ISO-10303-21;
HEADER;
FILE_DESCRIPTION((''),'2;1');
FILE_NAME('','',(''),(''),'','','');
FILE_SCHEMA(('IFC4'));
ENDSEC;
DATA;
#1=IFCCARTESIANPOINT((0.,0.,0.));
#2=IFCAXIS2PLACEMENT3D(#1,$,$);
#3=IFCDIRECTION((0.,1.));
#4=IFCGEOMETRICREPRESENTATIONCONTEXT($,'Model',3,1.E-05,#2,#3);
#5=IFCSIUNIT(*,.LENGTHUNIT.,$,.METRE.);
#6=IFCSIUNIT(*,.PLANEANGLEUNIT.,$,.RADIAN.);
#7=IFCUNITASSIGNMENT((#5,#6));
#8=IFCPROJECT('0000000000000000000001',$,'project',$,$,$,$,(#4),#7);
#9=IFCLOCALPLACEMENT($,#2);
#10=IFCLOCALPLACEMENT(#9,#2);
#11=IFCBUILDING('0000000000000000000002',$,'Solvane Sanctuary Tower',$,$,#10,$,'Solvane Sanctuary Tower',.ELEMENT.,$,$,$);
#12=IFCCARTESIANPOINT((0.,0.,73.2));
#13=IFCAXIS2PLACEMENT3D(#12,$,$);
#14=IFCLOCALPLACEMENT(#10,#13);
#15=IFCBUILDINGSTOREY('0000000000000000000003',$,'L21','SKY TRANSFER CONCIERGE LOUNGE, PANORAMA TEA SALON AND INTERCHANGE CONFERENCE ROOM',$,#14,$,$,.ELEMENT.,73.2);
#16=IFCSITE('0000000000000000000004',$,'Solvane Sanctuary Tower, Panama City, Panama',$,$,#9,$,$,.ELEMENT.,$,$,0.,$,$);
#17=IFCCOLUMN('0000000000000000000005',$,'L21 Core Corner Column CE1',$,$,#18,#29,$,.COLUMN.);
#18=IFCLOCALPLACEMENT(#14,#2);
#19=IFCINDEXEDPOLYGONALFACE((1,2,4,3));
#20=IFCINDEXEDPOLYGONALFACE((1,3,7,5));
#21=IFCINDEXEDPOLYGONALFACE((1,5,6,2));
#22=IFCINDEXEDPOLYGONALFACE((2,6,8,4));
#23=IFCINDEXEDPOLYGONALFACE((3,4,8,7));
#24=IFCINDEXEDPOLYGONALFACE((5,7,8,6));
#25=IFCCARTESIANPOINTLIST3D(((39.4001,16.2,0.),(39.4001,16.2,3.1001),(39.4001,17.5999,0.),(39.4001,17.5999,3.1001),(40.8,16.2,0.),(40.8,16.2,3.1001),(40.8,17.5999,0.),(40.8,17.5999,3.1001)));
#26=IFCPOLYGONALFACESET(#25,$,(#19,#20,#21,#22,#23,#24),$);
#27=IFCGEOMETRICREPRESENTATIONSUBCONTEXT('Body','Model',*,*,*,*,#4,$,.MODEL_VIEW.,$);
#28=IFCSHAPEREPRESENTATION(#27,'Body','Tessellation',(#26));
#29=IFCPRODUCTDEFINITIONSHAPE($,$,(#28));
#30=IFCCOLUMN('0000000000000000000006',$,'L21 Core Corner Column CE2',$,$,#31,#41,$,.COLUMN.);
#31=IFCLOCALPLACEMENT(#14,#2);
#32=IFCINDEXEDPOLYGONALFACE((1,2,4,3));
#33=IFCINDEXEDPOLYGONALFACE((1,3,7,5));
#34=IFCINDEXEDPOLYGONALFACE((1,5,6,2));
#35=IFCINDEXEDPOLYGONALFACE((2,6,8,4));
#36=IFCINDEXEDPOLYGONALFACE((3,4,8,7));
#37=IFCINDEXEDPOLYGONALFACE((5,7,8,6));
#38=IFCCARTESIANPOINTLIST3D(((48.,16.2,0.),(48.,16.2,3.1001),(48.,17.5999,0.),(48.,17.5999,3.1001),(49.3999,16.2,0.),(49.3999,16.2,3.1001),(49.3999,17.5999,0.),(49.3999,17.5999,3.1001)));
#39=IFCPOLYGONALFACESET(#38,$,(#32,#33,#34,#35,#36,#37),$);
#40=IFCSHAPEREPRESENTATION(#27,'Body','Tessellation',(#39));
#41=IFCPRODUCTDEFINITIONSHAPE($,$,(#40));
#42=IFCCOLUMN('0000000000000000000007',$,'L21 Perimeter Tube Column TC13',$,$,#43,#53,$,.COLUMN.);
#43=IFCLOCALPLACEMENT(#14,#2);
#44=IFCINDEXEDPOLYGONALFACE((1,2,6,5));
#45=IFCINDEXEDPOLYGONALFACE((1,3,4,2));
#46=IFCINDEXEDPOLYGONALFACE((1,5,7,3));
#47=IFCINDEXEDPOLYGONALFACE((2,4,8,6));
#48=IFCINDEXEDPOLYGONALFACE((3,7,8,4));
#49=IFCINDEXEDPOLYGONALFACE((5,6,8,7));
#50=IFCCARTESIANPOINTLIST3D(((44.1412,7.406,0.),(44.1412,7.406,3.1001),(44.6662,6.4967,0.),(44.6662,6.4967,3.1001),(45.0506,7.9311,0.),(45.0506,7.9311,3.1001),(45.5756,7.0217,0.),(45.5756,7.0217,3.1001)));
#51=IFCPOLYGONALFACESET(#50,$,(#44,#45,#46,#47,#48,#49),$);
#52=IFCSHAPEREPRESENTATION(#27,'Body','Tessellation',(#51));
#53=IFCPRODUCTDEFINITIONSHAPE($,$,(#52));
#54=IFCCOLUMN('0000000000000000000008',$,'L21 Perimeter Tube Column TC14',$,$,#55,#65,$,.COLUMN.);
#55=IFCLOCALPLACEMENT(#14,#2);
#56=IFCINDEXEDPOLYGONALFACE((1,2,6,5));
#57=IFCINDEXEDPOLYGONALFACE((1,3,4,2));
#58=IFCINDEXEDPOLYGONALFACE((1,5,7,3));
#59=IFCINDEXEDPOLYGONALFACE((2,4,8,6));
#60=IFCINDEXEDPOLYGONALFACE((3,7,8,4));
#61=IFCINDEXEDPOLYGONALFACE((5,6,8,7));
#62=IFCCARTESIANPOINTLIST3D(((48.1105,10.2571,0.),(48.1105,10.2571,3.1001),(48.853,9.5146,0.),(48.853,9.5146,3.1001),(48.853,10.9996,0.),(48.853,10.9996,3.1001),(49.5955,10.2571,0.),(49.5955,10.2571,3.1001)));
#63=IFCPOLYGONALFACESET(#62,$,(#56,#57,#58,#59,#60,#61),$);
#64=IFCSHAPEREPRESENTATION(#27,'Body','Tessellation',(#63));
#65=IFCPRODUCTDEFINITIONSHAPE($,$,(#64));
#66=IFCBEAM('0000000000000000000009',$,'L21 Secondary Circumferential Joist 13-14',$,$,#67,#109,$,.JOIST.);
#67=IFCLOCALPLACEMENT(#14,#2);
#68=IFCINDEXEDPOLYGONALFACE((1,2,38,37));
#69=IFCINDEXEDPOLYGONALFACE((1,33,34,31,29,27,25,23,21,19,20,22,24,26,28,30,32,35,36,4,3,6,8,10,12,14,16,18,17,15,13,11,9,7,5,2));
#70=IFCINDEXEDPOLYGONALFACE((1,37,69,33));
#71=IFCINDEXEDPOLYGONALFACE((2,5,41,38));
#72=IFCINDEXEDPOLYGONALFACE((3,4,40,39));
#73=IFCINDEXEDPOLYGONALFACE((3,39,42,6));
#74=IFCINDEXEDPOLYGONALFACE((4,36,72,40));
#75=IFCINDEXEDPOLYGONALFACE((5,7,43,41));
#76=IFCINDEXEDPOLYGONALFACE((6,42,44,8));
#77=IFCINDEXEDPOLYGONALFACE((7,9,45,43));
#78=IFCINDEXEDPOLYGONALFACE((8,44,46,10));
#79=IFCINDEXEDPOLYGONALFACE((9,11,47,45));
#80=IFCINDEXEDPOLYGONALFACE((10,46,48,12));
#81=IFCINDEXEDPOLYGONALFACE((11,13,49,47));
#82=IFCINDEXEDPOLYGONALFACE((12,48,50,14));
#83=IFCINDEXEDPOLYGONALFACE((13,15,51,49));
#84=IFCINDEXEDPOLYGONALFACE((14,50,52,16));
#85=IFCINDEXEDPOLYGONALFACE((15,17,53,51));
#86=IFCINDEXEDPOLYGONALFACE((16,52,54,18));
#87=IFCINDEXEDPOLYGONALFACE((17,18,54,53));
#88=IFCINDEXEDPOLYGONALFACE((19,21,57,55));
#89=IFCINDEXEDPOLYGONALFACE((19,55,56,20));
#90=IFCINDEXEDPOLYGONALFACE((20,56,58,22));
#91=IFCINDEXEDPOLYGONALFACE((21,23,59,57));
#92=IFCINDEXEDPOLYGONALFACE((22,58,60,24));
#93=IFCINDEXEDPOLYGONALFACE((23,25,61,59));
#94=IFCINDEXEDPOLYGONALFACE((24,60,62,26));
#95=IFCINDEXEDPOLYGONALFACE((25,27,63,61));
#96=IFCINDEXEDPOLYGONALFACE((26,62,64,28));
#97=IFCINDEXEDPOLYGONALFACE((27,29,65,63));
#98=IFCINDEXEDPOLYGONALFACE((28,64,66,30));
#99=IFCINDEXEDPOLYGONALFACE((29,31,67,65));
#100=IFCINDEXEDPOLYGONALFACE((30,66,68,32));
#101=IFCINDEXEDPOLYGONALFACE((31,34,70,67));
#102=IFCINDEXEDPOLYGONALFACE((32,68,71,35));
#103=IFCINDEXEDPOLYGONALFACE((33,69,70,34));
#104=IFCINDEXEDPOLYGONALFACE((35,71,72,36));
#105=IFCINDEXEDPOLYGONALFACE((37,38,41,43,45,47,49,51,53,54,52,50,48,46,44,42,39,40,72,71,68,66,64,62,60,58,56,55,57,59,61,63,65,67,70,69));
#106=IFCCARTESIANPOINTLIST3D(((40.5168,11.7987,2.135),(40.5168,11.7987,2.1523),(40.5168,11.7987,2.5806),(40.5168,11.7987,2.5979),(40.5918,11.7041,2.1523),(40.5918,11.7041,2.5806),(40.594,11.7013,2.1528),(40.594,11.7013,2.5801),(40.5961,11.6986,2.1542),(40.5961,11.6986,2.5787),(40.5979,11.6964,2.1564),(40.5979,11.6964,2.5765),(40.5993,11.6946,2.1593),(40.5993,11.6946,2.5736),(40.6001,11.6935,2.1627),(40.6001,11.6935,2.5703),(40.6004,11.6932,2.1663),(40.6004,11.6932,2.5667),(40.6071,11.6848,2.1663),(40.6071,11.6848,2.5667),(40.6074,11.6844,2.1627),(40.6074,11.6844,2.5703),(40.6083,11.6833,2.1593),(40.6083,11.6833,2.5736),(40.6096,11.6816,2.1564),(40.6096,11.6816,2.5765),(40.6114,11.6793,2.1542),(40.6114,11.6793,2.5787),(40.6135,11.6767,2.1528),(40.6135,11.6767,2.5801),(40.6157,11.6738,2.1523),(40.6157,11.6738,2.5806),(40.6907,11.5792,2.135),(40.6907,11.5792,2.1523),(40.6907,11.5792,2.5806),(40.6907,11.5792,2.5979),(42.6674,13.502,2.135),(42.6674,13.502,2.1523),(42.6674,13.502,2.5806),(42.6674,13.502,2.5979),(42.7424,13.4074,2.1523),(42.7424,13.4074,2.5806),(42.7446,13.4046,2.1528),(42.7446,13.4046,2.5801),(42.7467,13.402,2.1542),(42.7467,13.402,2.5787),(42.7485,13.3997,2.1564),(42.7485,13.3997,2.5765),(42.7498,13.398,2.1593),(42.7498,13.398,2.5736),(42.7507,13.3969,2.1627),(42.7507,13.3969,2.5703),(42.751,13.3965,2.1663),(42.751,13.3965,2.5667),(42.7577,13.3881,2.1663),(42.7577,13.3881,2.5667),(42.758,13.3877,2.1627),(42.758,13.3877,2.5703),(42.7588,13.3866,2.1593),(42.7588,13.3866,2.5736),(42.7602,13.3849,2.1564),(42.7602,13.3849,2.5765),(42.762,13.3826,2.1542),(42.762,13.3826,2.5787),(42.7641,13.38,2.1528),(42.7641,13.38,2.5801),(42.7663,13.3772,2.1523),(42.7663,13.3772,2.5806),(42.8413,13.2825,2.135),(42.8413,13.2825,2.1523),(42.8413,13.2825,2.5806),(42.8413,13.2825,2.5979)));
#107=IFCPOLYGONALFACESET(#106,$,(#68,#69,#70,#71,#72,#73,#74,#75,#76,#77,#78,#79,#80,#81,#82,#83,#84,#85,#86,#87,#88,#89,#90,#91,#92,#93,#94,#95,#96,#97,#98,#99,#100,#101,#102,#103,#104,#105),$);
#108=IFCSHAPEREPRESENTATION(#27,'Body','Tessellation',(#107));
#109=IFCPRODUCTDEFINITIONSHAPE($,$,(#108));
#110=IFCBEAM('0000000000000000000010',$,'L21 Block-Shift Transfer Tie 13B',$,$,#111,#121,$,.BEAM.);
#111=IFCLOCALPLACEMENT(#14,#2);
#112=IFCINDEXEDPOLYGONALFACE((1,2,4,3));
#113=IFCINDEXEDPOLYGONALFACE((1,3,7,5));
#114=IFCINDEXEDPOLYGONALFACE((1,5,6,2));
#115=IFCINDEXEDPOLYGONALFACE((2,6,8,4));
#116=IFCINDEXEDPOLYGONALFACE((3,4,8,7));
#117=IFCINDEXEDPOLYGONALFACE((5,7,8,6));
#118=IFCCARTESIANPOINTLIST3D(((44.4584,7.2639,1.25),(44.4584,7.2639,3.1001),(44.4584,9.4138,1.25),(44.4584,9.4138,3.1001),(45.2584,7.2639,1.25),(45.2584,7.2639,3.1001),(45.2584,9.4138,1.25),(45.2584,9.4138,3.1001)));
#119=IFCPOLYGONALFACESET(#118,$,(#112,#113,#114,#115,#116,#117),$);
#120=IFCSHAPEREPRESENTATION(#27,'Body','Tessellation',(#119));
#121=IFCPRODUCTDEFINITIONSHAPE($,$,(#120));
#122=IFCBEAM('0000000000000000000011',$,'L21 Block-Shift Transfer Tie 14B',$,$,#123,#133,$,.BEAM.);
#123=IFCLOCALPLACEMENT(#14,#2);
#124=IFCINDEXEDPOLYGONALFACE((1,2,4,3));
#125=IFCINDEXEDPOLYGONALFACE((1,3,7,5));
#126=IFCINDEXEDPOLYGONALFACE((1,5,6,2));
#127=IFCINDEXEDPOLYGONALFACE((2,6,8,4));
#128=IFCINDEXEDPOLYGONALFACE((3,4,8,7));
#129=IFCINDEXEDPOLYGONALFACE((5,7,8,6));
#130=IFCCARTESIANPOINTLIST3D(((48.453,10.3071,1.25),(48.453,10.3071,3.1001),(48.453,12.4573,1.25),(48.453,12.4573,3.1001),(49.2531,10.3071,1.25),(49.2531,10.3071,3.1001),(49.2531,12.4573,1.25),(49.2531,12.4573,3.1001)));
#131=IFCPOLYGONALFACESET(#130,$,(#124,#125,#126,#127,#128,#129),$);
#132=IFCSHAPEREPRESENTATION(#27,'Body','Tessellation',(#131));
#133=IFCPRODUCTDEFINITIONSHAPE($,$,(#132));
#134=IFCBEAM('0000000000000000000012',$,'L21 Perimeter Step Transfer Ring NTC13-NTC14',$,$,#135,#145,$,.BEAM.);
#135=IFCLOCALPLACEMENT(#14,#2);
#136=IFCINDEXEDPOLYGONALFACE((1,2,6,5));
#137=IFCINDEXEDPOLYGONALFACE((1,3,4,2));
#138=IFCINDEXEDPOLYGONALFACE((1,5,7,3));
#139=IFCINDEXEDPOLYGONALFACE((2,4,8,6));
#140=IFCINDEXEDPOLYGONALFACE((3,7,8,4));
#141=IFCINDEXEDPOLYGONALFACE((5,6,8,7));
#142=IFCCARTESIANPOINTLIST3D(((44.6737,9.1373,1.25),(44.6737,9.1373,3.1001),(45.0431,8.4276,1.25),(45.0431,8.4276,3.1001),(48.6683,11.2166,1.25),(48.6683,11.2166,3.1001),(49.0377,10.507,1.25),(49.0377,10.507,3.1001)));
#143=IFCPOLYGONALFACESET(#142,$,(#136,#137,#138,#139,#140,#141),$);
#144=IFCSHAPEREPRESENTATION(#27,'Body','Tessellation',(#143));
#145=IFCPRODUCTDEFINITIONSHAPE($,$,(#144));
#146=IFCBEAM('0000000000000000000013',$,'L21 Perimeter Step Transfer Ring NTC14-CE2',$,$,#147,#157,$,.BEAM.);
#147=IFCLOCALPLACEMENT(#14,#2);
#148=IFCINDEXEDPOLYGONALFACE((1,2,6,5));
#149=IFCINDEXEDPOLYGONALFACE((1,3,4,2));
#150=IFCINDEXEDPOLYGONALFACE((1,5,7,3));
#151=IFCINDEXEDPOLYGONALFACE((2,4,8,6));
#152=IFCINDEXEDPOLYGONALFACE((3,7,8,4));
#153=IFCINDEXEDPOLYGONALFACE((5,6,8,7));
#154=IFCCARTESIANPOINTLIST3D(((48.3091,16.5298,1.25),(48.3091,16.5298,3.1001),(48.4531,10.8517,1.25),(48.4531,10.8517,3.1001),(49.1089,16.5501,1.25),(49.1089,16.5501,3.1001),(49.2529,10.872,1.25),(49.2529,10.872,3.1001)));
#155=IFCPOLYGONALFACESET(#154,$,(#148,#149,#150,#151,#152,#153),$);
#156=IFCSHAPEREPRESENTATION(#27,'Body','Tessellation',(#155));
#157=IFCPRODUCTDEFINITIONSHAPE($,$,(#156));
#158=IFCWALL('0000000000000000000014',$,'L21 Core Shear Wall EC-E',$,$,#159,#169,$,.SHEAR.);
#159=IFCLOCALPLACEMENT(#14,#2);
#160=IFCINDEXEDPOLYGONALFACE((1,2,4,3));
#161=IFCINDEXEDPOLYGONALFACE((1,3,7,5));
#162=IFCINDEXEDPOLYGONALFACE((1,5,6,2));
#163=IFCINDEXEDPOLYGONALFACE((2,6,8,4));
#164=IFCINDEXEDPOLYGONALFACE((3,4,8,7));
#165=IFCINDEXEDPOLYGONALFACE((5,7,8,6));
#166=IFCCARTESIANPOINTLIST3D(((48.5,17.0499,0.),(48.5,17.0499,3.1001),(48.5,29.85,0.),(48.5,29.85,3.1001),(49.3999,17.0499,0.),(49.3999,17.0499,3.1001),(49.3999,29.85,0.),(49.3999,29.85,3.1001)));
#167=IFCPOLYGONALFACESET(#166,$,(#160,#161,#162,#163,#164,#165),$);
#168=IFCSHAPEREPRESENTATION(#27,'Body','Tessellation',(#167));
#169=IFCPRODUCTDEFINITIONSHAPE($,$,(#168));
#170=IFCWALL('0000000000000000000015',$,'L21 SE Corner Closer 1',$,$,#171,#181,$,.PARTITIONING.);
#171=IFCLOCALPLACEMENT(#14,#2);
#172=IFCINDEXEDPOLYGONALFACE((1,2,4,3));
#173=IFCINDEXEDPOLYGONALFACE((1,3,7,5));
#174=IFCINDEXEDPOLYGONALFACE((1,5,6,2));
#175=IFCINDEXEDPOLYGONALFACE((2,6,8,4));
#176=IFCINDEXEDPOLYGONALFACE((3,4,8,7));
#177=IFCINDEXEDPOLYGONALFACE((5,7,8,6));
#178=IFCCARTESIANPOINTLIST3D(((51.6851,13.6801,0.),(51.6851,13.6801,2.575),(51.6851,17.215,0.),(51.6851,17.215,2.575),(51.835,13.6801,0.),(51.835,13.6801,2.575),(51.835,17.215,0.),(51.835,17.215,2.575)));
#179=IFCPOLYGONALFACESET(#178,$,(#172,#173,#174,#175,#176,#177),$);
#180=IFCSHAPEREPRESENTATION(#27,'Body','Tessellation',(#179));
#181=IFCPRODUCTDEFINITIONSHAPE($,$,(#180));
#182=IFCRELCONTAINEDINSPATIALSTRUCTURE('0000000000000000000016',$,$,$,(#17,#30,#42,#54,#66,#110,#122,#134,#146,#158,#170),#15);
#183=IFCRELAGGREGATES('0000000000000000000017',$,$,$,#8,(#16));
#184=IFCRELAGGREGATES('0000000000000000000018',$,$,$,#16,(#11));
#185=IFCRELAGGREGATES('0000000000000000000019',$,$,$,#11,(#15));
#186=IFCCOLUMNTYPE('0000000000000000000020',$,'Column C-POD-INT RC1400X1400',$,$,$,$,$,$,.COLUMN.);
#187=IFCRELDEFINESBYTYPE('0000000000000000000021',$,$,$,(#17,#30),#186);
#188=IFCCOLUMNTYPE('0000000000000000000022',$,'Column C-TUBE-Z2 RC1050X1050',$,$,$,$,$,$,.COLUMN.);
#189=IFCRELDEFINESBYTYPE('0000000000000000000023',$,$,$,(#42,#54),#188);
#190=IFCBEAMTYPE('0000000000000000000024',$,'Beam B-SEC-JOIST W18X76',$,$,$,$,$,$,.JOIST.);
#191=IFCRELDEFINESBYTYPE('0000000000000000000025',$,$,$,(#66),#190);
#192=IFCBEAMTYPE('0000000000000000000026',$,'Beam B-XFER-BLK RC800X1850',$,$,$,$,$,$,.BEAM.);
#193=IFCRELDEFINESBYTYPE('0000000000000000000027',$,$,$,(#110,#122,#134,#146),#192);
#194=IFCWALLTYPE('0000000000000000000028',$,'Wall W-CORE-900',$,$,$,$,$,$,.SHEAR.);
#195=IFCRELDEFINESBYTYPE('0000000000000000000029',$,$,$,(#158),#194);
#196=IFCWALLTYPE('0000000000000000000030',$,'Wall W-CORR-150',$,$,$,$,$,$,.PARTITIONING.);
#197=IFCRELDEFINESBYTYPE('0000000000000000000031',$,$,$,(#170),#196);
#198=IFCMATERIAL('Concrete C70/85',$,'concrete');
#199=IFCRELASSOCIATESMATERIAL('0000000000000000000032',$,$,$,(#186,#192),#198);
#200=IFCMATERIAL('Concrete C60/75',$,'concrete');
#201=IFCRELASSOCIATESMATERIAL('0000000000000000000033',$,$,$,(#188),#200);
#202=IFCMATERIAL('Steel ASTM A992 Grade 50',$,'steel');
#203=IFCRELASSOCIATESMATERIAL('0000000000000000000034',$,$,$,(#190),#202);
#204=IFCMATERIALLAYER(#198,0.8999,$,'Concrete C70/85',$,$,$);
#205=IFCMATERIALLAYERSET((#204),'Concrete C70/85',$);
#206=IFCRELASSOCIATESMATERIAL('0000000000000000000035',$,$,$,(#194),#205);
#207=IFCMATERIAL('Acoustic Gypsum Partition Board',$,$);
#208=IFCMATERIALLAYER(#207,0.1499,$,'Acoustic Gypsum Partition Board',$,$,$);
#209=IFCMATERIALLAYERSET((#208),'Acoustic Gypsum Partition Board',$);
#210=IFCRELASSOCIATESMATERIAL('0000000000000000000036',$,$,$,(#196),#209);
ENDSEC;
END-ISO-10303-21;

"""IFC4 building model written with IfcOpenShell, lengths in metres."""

from ifc_helpers import new_model, si_unit, direction, frame, frame_2d, origin, origin_2d, place, context, subcontext, project, spatial, rectangle, i_section, extrude, material, layer, layer_set, material_profile, profile_set, type_object, element, save


model = new_model("IFC4")

# Units and contexts
model_context = context("Model", 3, precision=1e-05, world=origin(), true_north=direction((0.0, 1.0)))
body_context = subcontext(model_context, "Body", "Model", "MODEL_VIEW")
ifc_project = project(units=[si_unit("LENGTHUNIT", "METRE"), si_unit("PLANEANGLEUNIT", "RADIAN")], contexts=[model_context])

# Site, building, storey
site_placement = place(None, origin())
site = spatial("IfcSite", under=ifc_project, at=site_placement, Name="Solvane Sanctuary Tower, Panama City, Panama", CompositionType="ELEMENT", RefElevation=0.0)
building_placement = place(site_placement, origin())
building = spatial("IfcBuilding", under=site, at=building_placement, Name="Solvane Sanctuary Tower", LongName="Solvane Sanctuary Tower", CompositionType="ELEMENT")
storey_placement = place(building_placement, frame((0.0, 0.0, 73.2)))
storey = spatial("IfcBuildingStorey", under=building, at=storey_placement, Name="L21", Description="SKY TRANSFER CONCIERGE LOUNGE, PANORAMA TEA SALON AND INTERCHANGE CONFERENCE ROOM", CompositionType="ELEMENT", Elevation=73.2)

# Columns
ifc_material_1 = material(Name="Concrete C70/85", Category="concrete")
ifc_material_profile_1 = material_profile(ifc_material_1, rectangle(XDim=1.3999, YDim=1.3999, at=origin_2d()), Name="RC1400X1400")
ifc_profile_set_1 = profile_set([ifc_material_profile_1], Name="Concrete C70/85")
column_type_1 = type_object("IfcColumnType", Name="Column C-POD-INT RC1400X1400", PredefinedType="COLUMN", material=ifc_profile_set_1)
for number, where, z_axis, x_axis, name in (
    (1, (40.1001, 16.8999, 0.0), (0.0, 0.0, 1.0), (1.0, 0.0, 0.0), "L21 Core Corner Column CE1"),
    (2, (48.7, 16.8999, 0.0), (0.0, 0.0, 1.0), (1.0, 0.0, 0.0), "L21 Core Corner Column CE2"),
):
    element("IfcColumn", number, at=place(storey_placement, frame(where, z_axis=z_axis, x_axis=x_axis)), inside=storey, type_object=column_type_1, Name=name, PredefinedType="COLUMN", context=body_context, shape_type="SweptSolid", body=[
        extrude(rectangle(XDim=1.3999, YDim=1.3999, at=origin_2d()), origin(), (0.0, 0.0, 1.0), 3.1001),
    ])
ifc_material_2 = material(Name="Concrete C60/75", Category="concrete")
ifc_material_profile_2 = material_profile(ifc_material_2, rectangle(XDim=1.05, YDim=1.05, at=origin_2d()), Name="RC1050X1050")
ifc_profile_set_2 = profile_set([ifc_material_profile_2], Name="Concrete C60/75")
column_type_2 = type_object("IfcColumnType", Name="Column C-TUBE-Z2 RC1050X1050", PredefinedType="COLUMN", material=ifc_profile_set_2)
for number, where, z_axis, x_axis, name in (
    (3, (44.8584, 7.2139, 0.0), (0.0, 0.0, 1.0), (0.5, -0.866025, 0.0), "L21 Perimeter Tube Column TC13"),
    (4, (48.853, 10.2571, 0.0), (0.0, 0.0, 1.0), (0.707107, -0.707107, 0.0), "L21 Perimeter Tube Column TC14"),
):
    element("IfcColumn", number, at=place(storey_placement, frame(where, z_axis=z_axis, x_axis=x_axis)), inside=storey, type_object=column_type_2, Name=name, PredefinedType="COLUMN", context=body_context, shape_type="SweptSolid", body=[
        extrude(rectangle(XDim=1.05, YDim=1.05, at=origin_2d()), origin(), (0.0, 0.0, 1.0), 3.1001),
    ])

# Beams
ifc_material_3 = material(Name="Steel ASTM A992 Grade 50", Category="steel")
ifc_material_profile_3 = material_profile(ifc_material_3, i_section(OverallWidth=0.28, OverallDepth=0.4629, WebThickness=0.0107, FlangeThickness=0.0173, FilletRadius=0.0139, at=origin_2d()), Name="W18X76")
ifc_profile_set_3 = profile_set([ifc_material_profile_3], Name="Steel ASTM A992 Grade 50")
beam_type_1 = type_object("IfcBeamType", Name="Beam B-SEC-JOIST W18X76", PredefinedType="JOIST", material=ifc_profile_set_3)
beam_1_placement = place(storey_placement, frame((40.6038, 11.689, 2.3665), z_axis=(0.783907, 0.620878, 0.0), x_axis=(-0.620878, 0.783907, 0.0)))
element("IfcBeam", 5, at=beam_1_placement, inside=storey, type_object=beam_type_1, Name="L21 Secondary Circumferential Joist 13-14", PredefinedType="JOIST", context=body_context, shape_type="SweptSolid", body=[
    extrude(i_section(OverallWidth=0.28, OverallDepth=0.4629, WebThickness=0.0107, FlangeThickness=0.0173, FilletRadius=0.0139, at=origin_2d()), origin(), (0.0, 0.0, 1.0), 2.7434),
])
ifc_material_profile_4 = material_profile(ifc_material_1, rectangle(XDim=0.8, YDim=1.8501, at=origin_2d()), Name="RC800X1850")
ifc_profile_set_4 = profile_set([ifc_material_profile_4], Name="Concrete C70/85")
beam_type_2 = type_object("IfcBeamType", Name="Beam B-XFER-BLK RC800X1850", PredefinedType="BEAM", material=ifc_profile_set_4)
beam_2_placement = place(storey_placement, frame((44.8584, 7.2639, 2.175), z_axis=(0.0, 1.0, 0.0), x_axis=(-1.0, 0.0, 0.0)))
element("IfcBeam", 6, at=beam_2_placement, inside=storey, type_object=beam_type_2, Name="L21 Block-Shift Transfer Tie 13B", PredefinedType="BEAM", context=body_context, shape_type="SweptSolid", body=[
    extrude(rectangle(XDim=0.8, YDim=1.8501, at=origin_2d()), origin(), (0.0, 0.0, 1.0), 2.1499),
])
beam_3_placement = place(storey_placement, frame((48.853, 10.3071, 2.175), z_axis=(0.0, 1.0, 0.0), x_axis=(-1.0, 0.0, 0.0)))
element("IfcBeam", 7, at=beam_3_placement, inside=storey, type_object=beam_type_2, Name="L21 Block-Shift Transfer Tie 14B", PredefinedType="BEAM", context=body_context, shape_type="SweptSolid", body=[
    extrude(rectangle(XDim=0.8, YDim=1.8501, at=origin_2d()), origin(), (0.0, 0.0, 1.0), 2.1501),
])
beam_4_placement = place(storey_placement, frame((44.8584, 8.7825, 2.175), z_axis=(0.887022, 0.461727, 0.0), x_axis=(-0.461727, 0.887022, 0.0)))
element("IfcBeam", 8, at=beam_4_placement, inside=storey, type_object=beam_type_2, Name="L21 Perimeter Step Transfer Ring NTC13-NTC14", PredefinedType="BEAM", context=body_context, shape_type="SweptSolid", body=[
    extrude(rectangle(XDim=0.8, YDim=1.8501, at=origin_2d()), origin(), (0.0, 0.0, 1.0), 4.5034),
])
beam_5_placement = place(storey_placement, frame((48.853, 10.8618, 2.175), z_axis=(-0.025359, 0.999678, 0.0), x_axis=(-0.999678, -0.025359, 0.0)))
element("IfcBeam", 9, at=beam_5_placement, inside=storey, type_object=beam_type_2, Name="L21 Perimeter Step Transfer Ring NTC14-CE2", PredefinedType="BEAM", context=body_context, shape_type="SweptSolid", body=[
    extrude(rectangle(XDim=0.8, YDim=1.8501, at=origin_2d()), origin(), (0.0, 0.0, 1.0), 5.6799),
])

# Walls
ifc_layer_1 = layer(ifc_material_1, 0.8999, Name="Concrete C70/85")
ifc_layer_set_1 = layer_set([ifc_layer_1], Name="Concrete C70/85")
wall_type_1 = type_object("IfcWallType", Name="Wall W-CORE-900", PredefinedType="SHEAR", material=ifc_layer_set_1)
wall_1_placement = place(storey_placement, frame((48.95, 17.05, 0.0), z_axis=(0.0, 0.0, 1.0), x_axis=(0.0, 1.0, 0.0)))
element("IfcWall", 10, at=wall_1_placement, inside=storey, type_object=wall_type_1, Name="L21 Core Shear Wall EC-E", PredefinedType="SHEAR", context=body_context, shape_type="SweptSolid", body=[
    extrude(rectangle(XDim=12.8, YDim=0.8999, at=frame_2d((6.3999, 0.0))), origin(), (0.0, 0.0, 1.0), 3.1001),
])
ifc_material_4 = material(Name="Acoustic Gypsum Partition Board")
ifc_layer_2 = layer(ifc_material_4, 0.1499, Name="Acoustic Gypsum Partition Board")
ifc_layer_set_2 = layer_set([ifc_layer_2], Name="Acoustic Gypsum Partition Board")
wall_type_2 = type_object("IfcWallType", Name="Wall W-CORR-150", PredefinedType="PARTITIONING", material=ifc_layer_set_2)
wall_2_placement = place(storey_placement, frame((51.76, 13.6799, 0.0), z_axis=(0.0, 0.0, 1.0), x_axis=(0.0, 1.0, 0.0)))
element("IfcWall", 11, at=wall_2_placement, inside=storey, type_object=wall_type_2, Name="L21 SE Corner Closer 1", PredefinedType="PARTITIONING", context=body_context, shape_type="SweptSolid", body=[
    extrude(rectangle(XDim=3.5349, YDim=0.1499, at=frame_2d((1.7676, 0.0))), origin(), (0.0, 0.0, 1.0), 2.575),
])

save(model, "model.ifc")
